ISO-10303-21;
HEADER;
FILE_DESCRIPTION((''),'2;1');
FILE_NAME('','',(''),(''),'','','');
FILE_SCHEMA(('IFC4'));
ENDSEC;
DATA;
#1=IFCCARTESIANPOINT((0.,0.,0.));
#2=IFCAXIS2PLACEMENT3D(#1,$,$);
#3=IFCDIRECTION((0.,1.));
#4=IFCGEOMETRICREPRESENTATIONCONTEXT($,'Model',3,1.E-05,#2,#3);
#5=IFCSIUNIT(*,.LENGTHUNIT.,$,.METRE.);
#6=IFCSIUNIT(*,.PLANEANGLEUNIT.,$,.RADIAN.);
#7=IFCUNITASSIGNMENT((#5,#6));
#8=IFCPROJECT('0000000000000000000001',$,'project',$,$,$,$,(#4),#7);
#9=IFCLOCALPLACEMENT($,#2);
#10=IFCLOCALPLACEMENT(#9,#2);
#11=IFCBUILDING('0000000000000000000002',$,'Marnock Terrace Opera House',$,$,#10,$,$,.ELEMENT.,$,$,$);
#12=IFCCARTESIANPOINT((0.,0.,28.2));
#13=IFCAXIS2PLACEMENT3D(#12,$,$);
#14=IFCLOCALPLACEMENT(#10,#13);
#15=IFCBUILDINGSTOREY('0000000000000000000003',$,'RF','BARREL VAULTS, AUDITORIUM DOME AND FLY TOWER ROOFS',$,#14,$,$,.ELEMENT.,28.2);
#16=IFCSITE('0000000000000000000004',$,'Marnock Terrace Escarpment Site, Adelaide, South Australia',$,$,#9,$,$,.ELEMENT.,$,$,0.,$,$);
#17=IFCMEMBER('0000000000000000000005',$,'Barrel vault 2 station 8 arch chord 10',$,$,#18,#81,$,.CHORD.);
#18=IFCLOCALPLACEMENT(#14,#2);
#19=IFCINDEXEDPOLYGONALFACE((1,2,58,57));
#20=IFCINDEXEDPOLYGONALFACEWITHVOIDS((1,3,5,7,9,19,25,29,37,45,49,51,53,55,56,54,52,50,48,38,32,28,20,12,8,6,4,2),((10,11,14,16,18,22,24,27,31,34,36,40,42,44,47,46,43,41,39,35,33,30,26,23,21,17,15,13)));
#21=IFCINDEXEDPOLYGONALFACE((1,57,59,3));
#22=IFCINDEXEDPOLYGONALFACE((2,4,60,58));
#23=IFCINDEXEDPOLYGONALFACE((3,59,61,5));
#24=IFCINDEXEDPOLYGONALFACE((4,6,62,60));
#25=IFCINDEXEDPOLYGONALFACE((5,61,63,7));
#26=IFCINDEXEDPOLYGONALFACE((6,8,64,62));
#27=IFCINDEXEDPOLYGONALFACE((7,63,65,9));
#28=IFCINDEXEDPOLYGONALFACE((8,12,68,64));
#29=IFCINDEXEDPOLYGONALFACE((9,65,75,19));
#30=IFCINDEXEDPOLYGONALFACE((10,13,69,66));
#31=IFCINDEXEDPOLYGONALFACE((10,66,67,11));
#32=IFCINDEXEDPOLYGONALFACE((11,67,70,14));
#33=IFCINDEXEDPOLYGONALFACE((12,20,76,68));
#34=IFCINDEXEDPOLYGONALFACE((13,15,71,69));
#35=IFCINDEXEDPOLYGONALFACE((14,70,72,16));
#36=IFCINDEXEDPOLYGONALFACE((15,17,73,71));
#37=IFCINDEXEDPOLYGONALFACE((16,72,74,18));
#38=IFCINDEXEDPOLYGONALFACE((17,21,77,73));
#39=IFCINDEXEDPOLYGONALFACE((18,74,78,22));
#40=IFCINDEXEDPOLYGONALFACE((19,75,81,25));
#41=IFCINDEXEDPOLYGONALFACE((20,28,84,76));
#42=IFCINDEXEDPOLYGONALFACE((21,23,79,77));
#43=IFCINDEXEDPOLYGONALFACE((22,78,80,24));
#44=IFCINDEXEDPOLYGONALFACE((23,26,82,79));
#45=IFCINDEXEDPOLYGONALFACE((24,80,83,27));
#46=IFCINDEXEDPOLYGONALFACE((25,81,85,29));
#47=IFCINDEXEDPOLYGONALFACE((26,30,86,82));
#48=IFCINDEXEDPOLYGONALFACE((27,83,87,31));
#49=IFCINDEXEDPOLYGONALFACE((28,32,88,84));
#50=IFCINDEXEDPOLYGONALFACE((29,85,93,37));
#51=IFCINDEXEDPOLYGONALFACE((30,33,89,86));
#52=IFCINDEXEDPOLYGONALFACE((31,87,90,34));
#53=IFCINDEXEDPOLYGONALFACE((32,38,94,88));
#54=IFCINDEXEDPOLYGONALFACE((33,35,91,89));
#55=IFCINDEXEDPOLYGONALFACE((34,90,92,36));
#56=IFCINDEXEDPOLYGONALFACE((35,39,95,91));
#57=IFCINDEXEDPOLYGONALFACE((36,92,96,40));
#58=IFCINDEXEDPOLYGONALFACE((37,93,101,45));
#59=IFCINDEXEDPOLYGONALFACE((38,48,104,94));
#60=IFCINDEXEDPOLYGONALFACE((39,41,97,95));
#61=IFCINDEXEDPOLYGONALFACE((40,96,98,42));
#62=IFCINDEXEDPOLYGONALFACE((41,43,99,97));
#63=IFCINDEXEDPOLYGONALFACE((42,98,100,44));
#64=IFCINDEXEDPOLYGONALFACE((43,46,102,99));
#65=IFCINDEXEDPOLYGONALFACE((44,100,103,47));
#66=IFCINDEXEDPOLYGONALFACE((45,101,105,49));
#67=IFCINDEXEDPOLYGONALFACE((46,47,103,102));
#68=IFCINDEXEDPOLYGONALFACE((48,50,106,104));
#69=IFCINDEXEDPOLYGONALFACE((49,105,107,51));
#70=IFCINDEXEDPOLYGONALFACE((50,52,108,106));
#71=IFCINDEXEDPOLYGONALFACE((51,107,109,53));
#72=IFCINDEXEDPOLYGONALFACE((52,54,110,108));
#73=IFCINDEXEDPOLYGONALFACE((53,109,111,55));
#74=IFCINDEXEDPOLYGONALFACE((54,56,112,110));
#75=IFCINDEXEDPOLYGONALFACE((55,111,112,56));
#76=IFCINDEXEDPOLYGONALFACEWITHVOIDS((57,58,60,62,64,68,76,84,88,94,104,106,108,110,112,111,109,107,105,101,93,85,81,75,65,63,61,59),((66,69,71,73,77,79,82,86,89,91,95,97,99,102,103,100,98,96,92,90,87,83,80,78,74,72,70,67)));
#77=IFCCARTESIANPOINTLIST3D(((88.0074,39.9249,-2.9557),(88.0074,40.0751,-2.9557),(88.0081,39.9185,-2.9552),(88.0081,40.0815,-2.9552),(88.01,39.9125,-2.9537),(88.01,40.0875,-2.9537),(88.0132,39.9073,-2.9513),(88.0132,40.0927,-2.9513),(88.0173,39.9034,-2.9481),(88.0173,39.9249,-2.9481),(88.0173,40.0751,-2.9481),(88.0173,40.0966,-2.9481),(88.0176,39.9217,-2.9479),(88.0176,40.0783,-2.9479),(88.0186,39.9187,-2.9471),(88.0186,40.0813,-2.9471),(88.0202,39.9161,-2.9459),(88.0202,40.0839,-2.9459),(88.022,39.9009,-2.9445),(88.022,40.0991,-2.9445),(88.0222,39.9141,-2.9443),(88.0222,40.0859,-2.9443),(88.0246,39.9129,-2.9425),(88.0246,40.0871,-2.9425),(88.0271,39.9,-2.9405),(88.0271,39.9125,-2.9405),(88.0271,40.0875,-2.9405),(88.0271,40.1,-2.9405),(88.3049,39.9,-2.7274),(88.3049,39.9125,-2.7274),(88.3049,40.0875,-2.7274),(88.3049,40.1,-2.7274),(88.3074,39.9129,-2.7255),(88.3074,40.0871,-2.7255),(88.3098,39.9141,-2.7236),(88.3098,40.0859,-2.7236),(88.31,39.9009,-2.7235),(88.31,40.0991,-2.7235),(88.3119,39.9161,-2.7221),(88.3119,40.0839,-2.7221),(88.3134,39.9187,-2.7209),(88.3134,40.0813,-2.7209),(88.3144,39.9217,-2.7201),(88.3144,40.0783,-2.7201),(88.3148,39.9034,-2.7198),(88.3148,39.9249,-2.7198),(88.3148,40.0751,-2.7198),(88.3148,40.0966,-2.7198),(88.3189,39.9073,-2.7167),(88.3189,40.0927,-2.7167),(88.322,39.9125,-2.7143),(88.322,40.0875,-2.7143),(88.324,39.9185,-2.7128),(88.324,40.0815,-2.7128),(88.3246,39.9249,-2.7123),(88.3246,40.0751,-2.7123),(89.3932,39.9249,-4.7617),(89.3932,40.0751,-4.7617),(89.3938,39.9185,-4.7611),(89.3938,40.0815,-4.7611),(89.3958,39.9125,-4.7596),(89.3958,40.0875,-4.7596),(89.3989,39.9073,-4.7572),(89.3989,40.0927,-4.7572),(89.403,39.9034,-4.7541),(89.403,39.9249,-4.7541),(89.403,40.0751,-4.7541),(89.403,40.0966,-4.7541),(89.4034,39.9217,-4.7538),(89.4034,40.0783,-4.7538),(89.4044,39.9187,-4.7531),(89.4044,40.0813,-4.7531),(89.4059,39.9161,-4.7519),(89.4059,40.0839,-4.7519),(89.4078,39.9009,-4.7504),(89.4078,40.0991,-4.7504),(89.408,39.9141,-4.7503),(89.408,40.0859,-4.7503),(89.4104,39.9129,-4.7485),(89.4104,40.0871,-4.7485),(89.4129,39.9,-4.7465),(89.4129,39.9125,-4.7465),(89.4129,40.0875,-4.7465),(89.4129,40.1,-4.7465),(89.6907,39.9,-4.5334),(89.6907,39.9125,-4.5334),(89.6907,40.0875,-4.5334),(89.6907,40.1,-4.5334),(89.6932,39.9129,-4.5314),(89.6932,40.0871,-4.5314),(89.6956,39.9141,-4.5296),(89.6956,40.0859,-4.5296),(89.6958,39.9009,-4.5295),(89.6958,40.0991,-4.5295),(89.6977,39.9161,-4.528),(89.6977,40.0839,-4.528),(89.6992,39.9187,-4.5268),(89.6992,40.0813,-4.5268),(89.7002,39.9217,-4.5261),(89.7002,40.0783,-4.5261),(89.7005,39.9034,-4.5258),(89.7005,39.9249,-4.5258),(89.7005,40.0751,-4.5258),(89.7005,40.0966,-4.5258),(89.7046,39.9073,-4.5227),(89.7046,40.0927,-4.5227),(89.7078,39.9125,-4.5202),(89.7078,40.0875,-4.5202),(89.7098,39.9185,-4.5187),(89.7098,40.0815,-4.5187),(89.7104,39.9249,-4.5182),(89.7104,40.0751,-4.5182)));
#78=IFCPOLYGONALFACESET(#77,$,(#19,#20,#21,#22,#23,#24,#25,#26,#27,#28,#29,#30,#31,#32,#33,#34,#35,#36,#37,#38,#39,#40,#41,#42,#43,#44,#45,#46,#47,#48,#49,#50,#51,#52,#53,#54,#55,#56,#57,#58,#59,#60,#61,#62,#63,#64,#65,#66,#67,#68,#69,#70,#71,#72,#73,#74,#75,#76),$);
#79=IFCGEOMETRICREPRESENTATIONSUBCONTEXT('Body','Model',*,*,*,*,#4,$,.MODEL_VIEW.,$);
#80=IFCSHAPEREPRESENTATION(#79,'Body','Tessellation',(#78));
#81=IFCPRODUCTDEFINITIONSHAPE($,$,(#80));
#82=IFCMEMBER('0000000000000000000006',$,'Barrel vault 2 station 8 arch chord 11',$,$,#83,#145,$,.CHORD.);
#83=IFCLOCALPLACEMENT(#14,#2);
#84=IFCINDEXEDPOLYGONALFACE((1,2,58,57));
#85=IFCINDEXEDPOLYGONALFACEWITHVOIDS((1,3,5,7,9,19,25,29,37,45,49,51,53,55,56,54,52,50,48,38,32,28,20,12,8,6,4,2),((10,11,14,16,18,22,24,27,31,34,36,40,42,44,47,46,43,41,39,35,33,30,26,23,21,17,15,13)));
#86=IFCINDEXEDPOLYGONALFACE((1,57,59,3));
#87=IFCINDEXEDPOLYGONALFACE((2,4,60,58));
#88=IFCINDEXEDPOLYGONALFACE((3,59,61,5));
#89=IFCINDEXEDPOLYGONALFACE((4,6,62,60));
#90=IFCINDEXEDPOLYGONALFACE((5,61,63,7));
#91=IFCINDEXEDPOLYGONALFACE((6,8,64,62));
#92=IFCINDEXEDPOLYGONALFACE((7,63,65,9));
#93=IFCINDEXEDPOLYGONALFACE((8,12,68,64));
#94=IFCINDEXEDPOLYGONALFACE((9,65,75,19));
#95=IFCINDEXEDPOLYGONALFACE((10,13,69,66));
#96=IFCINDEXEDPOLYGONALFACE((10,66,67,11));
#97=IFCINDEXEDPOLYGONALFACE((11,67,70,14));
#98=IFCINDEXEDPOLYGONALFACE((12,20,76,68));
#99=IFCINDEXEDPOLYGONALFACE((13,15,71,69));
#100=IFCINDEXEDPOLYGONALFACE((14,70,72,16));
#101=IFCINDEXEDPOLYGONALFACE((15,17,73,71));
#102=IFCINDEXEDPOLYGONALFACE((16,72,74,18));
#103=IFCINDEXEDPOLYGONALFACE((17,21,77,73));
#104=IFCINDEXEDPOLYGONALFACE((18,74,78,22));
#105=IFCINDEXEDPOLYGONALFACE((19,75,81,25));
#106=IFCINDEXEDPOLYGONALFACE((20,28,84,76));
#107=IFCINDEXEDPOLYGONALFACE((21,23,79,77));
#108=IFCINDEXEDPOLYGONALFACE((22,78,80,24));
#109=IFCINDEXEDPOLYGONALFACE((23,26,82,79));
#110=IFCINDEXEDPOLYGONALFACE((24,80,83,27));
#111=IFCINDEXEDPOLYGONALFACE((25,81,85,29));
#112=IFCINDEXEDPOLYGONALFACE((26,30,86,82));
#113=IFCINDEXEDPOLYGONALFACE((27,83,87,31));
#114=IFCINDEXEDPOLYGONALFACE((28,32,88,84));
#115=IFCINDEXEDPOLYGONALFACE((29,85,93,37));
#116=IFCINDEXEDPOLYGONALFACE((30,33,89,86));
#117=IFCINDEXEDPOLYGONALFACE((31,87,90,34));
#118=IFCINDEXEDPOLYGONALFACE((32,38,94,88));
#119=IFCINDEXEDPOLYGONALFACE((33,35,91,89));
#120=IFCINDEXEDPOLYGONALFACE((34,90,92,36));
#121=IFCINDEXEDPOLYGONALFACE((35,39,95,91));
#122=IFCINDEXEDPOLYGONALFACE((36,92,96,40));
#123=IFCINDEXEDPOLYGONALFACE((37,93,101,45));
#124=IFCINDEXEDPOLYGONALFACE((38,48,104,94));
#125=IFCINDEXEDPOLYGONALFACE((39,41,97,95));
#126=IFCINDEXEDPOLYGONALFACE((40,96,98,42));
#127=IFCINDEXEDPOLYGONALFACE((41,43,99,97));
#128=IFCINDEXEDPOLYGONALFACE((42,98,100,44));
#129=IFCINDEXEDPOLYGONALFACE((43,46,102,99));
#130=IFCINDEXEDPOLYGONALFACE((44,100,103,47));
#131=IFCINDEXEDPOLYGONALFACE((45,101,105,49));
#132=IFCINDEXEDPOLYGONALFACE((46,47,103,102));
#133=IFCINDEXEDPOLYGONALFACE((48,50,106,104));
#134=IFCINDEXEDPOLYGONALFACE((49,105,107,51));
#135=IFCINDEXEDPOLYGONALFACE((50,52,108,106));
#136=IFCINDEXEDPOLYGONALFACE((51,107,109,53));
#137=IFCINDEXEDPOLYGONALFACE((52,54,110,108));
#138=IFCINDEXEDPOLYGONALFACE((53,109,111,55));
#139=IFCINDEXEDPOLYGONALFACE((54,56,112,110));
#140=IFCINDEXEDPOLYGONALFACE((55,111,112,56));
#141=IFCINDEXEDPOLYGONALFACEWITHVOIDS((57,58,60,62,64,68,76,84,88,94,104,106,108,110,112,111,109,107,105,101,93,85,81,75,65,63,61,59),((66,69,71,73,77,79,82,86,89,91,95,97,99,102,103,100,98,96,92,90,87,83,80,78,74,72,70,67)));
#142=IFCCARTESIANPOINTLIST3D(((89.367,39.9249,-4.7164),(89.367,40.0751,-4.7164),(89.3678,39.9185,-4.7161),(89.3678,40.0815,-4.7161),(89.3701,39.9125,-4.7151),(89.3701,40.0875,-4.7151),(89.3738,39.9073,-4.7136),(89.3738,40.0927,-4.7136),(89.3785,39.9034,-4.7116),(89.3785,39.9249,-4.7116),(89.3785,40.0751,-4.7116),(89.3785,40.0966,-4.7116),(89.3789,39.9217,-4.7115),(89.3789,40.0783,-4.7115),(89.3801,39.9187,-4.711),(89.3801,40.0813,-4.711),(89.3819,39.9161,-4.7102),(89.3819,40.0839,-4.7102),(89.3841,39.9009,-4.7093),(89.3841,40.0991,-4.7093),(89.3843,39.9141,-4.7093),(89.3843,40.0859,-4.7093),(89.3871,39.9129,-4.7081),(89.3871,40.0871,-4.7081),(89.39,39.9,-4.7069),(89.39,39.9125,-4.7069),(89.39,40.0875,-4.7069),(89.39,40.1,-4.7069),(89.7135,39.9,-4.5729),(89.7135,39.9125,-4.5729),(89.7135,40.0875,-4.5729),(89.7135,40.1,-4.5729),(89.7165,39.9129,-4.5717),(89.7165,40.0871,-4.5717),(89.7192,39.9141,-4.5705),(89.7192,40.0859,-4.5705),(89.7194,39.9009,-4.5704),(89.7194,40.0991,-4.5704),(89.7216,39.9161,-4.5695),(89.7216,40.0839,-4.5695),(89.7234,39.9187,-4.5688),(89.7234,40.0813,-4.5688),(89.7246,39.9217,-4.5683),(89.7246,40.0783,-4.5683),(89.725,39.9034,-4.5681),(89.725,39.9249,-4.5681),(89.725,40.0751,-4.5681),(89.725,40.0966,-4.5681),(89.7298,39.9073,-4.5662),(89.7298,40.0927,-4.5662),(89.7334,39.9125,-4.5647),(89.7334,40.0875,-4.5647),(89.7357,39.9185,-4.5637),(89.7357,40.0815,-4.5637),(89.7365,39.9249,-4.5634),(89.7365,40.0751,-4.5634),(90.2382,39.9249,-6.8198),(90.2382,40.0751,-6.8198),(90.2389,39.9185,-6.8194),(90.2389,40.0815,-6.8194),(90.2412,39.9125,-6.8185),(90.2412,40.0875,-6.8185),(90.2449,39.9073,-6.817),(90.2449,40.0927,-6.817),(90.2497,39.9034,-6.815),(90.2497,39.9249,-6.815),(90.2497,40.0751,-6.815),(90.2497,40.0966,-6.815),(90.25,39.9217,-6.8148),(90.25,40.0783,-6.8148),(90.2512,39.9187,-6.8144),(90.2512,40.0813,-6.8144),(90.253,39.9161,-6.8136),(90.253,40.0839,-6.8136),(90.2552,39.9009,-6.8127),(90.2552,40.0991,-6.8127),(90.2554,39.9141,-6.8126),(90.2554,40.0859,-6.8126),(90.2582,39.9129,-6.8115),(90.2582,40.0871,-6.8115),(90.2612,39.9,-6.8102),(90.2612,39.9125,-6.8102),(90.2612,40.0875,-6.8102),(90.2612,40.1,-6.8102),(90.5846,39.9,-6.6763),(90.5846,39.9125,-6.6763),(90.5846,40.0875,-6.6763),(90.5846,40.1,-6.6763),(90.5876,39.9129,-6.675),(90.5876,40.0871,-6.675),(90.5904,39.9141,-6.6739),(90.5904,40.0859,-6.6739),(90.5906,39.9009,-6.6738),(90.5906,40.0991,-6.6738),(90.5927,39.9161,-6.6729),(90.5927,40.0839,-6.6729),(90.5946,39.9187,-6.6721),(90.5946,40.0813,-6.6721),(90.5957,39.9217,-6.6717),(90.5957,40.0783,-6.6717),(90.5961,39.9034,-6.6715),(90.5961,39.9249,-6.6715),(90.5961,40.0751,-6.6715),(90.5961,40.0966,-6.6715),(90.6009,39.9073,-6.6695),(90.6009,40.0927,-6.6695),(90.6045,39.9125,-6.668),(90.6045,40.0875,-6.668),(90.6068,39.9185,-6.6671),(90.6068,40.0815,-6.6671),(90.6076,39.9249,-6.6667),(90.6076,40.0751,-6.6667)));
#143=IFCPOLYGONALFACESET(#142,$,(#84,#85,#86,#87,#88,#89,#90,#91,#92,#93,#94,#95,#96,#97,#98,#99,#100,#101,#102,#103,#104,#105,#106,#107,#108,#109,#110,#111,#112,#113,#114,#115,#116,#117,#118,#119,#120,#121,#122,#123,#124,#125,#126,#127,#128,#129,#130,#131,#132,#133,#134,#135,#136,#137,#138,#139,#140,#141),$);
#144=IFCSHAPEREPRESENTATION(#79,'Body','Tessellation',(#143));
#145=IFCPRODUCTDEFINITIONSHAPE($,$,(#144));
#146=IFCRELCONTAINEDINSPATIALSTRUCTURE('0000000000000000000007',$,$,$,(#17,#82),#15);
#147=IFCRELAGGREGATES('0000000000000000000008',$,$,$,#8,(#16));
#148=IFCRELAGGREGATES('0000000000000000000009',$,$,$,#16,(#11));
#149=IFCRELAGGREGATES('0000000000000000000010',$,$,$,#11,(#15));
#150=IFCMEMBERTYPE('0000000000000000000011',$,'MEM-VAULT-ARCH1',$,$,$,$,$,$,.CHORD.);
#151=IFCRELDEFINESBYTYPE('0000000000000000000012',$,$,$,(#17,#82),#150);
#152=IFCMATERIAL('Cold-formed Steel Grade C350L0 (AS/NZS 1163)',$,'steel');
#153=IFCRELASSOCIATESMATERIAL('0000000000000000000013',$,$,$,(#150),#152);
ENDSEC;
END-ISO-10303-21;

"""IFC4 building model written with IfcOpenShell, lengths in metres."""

from ifc_helpers import new_model, si_unit, direction, frame, origin, origin_2d, place, context, subcontext, project, spatial, hollow_rectangle, extrude, material, material_profile, profile_set, type_object, element, save


model = new_model("IFC4")

# Units and contexts
model_context = context("Model", 3, precision=1e-05, world=origin(), true_north=direction((0.0, 1.0)))
body_context = subcontext(model_context, "Body", "Model", "MODEL_VIEW")
ifc_project = project(units=[si_unit("LENGTHUNIT", "METRE"), si_unit("PLANEANGLEUNIT", "RADIAN")], contexts=[model_context])

# Site, building, storey
site_placement = place(None, origin())
site = spatial("IfcSite", under=ifc_project, at=site_placement, Name="Marnock Terrace Escarpment Site, Adelaide, South Australia", CompositionType="ELEMENT", RefElevation=0.0)
building_placement = place(site_placement, origin())
building = spatial("IfcBuilding", under=site, at=building_placement, Name="Marnock Terrace Opera House", CompositionType="ELEMENT")
storey_placement = place(building_placement, frame((0.0, 0.0, 28.2)))
storey = spatial("IfcBuildingStorey", under=building, at=storey_placement, Name="RF", Description="BARREL VAULTS, AUDITORIUM DOME AND FLY TOWER ROOFS", CompositionType="ELEMENT", Elevation=28.2)

# Members
ifc_material_1 = material(Name="Cold-formed Steel Grade C350L0 (AS/NZS 1163)", Category="steel")
ifc_material_profile_1 = material_profile(ifc_material_1, hollow_rectangle(XDim=0.2, YDim=0.3999, WallThickness=0.0125, InnerFilletRadius=0.0125, OuterFilletRadius=0.0249, at=origin_2d()))
ifc_profile_set_1 = profile_set([ifc_material_profile_1], Name="Cold-formed Steel Grade C350L0 (AS/NZS 1163)")
member_type_1 = type_object("IfcMemberType", Name="MEM-VAULT-ARCH1", PredefinedType="CHORD", material=ifc_profile_set_1)
for number, where, z_axis, x_axis, name in (
    (1, (88.166, 40.0, -2.834), (0.608767, 0.0, -0.793349), (0.0, 1.0, 0.0), "Barrel vault 2 station 8 arch chord 10"),
):
    element("IfcMember", number, at=place(storey_placement, frame(where, z_axis=z_axis, x_axis=x_axis)), inside=storey, type_object=member_type_1, Name=name, PredefinedType="CHORD", context=body_context, shape_type="SweptSolid", body=[
        extrude(hollow_rectangle(XDim=0.2, YDim=0.3999, WallThickness=0.0125, InnerFilletRadius=0.0125, OuterFilletRadius=0.0249, at=origin_2d()), origin(), (0.0, 0.0, 1.0), 2.2764),
    ])
member_1_placement = place(storey_placement, frame((89.5518, 40.0, -4.6399), z_axis=(0.382642, 0.0, -0.923897), x_axis=(0.0, 1.0, 0.0)))
element("IfcMember", 2, at=member_1_placement, inside=storey, type_object=member_type_1, Name="Barrel vault 2 station 8 arch chord 11", PredefinedType="CHORD", context=body_context, shape_type="SweptSolid", body=[
    extrude(hollow_rectangle(XDim=0.2, YDim=0.3999, WallThickness=0.0125, InnerFilletRadius=0.0125, OuterFilletRadius=0.0249, at=origin_2d()), origin(), (0.0, 0.0, 1.0), 2.2766),
])

save(model, "model.ifc")
